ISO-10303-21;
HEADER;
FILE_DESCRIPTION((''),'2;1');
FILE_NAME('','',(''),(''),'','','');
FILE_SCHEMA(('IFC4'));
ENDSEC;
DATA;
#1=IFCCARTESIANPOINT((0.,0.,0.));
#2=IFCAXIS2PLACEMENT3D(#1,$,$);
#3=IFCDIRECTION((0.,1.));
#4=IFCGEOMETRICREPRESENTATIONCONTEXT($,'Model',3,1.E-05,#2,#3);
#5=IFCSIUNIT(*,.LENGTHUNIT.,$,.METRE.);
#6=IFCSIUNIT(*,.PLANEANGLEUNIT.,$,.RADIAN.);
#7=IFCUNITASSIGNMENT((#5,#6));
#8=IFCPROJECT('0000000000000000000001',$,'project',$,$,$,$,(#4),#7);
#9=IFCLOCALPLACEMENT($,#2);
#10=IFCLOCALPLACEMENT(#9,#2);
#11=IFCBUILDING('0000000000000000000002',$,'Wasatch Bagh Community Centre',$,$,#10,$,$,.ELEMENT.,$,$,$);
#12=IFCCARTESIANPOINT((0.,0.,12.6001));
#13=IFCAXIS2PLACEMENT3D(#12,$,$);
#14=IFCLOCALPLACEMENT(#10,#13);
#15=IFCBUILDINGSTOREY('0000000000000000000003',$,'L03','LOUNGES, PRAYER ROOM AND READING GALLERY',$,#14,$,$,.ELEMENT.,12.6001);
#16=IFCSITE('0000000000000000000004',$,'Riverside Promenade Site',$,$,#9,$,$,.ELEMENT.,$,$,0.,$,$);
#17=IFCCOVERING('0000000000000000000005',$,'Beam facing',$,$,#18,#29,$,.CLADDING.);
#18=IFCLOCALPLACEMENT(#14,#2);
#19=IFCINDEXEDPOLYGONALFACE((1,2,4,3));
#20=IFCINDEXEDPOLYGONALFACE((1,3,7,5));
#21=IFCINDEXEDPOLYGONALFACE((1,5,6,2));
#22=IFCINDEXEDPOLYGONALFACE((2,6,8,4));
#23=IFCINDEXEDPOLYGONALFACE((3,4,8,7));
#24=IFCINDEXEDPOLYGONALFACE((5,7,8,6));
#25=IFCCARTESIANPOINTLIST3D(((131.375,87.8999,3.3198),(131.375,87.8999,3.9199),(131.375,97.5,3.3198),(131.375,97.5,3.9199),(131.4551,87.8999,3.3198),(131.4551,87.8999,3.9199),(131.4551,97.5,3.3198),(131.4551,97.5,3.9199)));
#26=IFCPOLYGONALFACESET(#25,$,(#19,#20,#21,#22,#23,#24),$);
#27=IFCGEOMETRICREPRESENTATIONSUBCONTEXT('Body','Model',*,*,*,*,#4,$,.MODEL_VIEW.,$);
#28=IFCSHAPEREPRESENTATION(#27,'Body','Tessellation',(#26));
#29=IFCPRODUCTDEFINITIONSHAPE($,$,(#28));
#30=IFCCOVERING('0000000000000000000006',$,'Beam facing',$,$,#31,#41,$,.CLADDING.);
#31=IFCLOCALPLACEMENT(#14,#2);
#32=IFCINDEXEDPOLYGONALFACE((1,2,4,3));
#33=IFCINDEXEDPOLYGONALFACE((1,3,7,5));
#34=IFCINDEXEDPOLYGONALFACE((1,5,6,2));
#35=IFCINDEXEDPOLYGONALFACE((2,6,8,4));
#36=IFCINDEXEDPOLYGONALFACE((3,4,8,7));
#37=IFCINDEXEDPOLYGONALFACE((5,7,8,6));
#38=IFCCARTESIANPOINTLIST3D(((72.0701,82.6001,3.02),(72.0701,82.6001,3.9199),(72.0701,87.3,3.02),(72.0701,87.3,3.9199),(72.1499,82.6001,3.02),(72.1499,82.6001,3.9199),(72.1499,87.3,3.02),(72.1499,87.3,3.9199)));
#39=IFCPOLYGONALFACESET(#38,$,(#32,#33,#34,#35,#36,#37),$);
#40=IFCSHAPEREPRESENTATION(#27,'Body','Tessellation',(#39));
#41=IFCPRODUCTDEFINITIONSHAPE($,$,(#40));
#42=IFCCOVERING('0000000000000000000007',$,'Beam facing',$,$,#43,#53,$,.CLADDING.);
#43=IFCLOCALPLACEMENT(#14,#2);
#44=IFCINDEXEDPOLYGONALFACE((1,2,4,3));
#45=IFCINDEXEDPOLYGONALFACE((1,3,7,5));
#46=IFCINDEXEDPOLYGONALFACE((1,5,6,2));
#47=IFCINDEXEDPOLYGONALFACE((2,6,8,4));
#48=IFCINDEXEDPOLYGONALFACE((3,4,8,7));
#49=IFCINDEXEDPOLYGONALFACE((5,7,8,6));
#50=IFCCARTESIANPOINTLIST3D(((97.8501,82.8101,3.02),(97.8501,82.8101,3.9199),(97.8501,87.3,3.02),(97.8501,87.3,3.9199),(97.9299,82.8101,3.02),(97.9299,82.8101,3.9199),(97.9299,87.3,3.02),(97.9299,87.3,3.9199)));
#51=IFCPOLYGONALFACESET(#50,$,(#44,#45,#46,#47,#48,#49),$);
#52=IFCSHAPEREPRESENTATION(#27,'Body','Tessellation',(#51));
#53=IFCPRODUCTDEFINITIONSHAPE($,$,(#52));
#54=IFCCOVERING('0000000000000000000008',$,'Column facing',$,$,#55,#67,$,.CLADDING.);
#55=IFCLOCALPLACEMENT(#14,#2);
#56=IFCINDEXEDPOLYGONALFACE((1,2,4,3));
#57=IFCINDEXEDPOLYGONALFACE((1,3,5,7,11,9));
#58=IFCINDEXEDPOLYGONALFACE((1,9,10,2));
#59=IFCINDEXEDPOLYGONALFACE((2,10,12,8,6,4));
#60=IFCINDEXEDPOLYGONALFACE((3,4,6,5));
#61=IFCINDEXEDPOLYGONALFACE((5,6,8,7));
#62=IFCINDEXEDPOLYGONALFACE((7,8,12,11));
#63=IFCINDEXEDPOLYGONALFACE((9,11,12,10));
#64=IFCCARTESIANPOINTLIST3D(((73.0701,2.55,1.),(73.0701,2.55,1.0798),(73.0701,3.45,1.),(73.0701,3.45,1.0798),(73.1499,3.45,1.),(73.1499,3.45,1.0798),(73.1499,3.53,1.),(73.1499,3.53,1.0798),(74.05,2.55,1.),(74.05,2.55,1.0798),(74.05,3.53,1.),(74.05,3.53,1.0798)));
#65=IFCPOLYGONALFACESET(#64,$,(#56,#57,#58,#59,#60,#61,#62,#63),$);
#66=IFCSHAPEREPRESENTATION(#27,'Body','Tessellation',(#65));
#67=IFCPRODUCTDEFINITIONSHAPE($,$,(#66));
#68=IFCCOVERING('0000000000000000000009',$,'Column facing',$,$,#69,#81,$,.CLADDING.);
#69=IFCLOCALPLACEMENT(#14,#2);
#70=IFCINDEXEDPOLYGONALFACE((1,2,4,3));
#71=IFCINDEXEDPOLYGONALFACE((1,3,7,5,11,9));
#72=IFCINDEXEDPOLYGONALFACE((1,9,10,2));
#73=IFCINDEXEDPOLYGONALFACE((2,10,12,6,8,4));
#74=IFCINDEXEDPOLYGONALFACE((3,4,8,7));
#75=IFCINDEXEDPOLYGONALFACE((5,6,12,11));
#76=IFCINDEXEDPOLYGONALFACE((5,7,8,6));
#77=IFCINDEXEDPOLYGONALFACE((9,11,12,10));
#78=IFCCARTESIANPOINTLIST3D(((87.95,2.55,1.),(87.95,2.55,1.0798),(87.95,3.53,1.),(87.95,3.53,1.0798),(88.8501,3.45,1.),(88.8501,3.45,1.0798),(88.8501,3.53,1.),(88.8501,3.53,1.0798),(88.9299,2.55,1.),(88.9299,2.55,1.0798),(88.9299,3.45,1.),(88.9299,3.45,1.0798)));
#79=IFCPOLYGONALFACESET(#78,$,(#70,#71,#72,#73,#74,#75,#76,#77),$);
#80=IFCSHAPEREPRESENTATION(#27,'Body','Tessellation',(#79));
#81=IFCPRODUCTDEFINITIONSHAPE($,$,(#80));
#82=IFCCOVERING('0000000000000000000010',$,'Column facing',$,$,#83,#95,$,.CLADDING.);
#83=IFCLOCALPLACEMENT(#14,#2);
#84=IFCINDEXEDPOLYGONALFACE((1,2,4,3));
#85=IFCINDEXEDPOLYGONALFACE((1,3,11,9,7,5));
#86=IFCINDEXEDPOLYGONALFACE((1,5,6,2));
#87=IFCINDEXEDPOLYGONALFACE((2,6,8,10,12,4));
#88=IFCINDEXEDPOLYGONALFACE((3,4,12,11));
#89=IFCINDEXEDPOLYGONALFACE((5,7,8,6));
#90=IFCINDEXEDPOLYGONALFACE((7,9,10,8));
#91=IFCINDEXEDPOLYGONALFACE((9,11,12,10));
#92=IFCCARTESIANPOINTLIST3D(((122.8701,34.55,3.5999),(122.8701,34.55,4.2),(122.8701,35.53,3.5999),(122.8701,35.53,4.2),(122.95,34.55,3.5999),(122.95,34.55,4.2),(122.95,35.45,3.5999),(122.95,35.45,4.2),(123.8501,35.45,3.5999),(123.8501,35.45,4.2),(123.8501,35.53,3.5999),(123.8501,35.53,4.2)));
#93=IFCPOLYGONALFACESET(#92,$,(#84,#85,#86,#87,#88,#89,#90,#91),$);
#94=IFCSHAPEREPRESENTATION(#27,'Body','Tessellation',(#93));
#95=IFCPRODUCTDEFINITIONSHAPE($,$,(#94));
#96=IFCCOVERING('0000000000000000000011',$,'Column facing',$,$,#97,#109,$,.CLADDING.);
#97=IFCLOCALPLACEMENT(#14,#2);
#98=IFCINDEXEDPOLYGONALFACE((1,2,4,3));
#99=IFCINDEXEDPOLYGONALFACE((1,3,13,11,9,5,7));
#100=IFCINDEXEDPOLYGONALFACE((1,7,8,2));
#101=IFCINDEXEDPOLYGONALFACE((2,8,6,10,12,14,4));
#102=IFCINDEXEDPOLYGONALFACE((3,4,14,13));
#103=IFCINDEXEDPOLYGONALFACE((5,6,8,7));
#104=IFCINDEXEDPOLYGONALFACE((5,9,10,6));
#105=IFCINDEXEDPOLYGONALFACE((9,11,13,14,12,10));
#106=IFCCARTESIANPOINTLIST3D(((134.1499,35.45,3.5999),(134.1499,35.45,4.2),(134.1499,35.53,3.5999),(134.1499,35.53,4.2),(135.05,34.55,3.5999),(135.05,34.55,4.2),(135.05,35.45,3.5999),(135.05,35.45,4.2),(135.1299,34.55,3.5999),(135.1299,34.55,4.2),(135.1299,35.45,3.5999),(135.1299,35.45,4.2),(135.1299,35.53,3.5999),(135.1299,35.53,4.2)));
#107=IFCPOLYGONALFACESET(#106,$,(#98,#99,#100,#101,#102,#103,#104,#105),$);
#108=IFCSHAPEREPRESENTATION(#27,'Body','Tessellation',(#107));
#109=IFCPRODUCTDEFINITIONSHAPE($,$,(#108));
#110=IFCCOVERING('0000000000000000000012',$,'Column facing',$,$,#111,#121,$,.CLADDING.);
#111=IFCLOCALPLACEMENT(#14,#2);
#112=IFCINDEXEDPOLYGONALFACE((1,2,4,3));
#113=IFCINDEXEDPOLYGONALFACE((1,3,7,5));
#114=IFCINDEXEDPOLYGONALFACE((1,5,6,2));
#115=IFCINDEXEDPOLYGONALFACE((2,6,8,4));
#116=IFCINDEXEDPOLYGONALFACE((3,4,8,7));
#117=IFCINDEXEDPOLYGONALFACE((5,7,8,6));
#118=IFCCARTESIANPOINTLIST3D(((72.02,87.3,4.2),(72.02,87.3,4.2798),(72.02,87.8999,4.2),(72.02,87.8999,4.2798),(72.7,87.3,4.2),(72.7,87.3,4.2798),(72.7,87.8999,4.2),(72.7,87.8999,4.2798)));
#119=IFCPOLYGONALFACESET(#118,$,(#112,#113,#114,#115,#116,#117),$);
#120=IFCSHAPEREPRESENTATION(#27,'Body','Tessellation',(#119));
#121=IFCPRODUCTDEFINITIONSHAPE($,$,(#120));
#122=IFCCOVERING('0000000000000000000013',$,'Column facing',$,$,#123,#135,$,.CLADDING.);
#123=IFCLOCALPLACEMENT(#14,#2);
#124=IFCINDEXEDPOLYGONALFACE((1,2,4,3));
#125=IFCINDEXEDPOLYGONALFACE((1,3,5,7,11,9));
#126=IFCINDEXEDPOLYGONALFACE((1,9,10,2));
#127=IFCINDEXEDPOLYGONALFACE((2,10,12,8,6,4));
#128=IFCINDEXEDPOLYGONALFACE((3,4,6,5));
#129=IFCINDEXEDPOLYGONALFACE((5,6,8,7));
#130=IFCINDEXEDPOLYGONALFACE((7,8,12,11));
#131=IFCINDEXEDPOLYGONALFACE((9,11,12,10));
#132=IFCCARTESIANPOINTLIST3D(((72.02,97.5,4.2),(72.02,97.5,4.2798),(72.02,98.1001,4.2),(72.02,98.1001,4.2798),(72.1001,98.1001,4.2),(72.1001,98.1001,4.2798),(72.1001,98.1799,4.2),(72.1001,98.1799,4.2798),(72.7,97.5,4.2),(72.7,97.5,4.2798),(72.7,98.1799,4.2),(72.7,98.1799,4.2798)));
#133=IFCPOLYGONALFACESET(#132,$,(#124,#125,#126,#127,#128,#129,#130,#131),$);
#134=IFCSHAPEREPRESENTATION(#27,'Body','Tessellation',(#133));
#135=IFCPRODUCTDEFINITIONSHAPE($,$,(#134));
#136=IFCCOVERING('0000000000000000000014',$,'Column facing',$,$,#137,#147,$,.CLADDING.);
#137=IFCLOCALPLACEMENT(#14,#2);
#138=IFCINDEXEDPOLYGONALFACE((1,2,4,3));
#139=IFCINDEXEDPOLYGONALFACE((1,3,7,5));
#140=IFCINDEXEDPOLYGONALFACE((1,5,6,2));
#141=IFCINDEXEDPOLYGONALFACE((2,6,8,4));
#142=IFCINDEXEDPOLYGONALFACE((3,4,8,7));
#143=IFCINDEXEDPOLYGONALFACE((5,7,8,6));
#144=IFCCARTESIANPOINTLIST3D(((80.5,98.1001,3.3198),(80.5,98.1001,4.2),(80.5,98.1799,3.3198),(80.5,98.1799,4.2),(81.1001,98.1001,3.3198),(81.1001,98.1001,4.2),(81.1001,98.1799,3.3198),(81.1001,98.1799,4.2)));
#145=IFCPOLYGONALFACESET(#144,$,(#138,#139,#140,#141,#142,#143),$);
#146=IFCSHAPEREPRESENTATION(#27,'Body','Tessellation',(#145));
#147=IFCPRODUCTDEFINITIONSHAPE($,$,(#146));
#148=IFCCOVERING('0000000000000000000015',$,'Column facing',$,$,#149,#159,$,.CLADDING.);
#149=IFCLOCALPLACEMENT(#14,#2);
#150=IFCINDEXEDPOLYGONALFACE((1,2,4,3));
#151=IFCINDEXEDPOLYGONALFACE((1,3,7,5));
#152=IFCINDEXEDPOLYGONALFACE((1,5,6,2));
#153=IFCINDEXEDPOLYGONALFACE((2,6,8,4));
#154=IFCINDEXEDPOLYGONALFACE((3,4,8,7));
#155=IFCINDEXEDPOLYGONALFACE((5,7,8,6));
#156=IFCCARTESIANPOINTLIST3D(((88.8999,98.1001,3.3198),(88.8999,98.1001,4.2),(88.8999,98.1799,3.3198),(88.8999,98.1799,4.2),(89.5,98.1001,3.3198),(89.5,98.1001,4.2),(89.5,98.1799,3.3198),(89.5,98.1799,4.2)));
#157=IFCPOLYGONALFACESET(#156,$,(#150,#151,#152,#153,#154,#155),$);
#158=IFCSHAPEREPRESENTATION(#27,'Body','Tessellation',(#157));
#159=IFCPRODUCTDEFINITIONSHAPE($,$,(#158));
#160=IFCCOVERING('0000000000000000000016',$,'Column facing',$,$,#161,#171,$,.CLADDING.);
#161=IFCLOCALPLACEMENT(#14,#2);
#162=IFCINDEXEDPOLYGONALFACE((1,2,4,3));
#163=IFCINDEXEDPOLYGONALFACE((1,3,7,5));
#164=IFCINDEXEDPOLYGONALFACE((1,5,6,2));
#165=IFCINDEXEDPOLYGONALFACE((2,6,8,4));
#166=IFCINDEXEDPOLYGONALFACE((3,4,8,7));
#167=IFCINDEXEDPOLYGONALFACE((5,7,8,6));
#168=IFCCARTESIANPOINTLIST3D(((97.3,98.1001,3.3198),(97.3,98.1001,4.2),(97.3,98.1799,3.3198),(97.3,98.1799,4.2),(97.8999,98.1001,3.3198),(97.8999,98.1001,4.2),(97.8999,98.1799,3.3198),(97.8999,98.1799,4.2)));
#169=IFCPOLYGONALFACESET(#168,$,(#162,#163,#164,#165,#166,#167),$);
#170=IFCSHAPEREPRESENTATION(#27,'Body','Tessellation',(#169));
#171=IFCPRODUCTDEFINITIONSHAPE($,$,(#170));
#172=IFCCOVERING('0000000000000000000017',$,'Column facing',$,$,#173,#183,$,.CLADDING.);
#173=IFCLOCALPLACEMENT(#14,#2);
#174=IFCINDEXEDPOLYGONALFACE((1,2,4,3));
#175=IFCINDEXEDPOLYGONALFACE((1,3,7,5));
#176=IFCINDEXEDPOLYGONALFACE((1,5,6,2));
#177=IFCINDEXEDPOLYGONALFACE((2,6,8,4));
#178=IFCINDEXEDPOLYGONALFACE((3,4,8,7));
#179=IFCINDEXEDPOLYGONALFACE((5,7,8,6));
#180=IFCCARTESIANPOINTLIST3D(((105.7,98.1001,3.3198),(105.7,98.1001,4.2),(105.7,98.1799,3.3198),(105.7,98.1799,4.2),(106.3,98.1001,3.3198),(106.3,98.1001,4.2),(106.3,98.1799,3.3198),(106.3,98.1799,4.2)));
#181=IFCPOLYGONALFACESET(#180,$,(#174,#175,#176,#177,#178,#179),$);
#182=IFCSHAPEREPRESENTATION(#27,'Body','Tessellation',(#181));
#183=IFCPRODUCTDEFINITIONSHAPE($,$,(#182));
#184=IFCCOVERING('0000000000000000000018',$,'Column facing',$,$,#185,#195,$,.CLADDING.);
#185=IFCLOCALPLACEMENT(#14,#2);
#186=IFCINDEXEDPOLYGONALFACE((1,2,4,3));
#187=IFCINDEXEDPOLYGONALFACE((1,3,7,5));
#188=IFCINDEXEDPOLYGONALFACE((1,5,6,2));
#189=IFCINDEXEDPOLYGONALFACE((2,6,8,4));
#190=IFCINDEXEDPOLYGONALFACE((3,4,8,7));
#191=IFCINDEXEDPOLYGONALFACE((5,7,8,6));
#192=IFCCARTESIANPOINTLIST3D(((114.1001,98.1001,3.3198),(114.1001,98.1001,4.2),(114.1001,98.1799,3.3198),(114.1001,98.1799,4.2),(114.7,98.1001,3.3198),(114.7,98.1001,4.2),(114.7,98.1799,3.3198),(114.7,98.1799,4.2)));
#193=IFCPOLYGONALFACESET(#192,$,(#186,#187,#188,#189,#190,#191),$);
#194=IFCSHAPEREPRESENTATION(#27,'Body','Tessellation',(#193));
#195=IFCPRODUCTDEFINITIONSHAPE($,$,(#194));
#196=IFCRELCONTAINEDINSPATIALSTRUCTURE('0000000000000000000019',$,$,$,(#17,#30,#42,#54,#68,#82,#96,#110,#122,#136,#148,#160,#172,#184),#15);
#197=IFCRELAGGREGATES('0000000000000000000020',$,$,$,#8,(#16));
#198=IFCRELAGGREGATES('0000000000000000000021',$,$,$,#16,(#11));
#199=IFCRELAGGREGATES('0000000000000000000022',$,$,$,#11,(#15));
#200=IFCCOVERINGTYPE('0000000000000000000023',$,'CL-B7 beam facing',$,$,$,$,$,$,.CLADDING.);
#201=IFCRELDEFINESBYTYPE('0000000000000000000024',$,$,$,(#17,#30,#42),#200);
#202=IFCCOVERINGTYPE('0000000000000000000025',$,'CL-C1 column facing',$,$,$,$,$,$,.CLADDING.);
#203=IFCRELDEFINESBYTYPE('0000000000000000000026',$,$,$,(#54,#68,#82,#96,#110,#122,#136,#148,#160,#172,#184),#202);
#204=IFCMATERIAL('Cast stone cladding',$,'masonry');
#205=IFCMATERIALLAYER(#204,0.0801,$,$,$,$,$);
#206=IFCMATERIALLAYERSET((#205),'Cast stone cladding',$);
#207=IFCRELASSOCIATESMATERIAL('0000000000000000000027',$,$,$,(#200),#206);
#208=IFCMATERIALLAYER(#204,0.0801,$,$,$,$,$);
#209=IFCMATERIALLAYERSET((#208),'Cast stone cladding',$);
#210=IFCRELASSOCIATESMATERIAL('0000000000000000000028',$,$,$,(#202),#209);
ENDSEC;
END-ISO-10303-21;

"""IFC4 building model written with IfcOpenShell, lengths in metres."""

from ifc_helpers import new_model, si_unit, direction, frame, origin, place, context, subcontext, project, spatial, polyline, outline, extrude, material, layer, layer_set, type_object, element, save


model = new_model("IFC4")

# Units and contexts
model_context = context("Model", 3, precision=1e-05, world=origin(), true_north=direction((0.0, 1.0)))
body_context = subcontext(model_context, "Body", "Model", "MODEL_VIEW")
ifc_project = project(units=[si_unit("LENGTHUNIT", "METRE"), si_unit("PLANEANGLEUNIT", "RADIAN")], contexts=[model_context])

# Site, building, storey
site_placement = place(None, origin())
site = spatial("IfcSite", under=ifc_project, at=site_placement, Name="Riverside Promenade Site", CompositionType="ELEMENT", RefElevation=0.0)
building_placement = place(site_placement, origin())
building = spatial("IfcBuilding", under=site, at=building_placement, Name="Wasatch Bagh Community Centre", CompositionType="ELEMENT")
storey_placement = place(building_placement, frame((0.0, 0.0, 12.6001)))
storey = spatial("IfcBuildingStorey", under=building, at=storey_placement, Name="L03", Description="LOUNGES, PRAYER ROOM AND READING GALLERY", CompositionType="ELEMENT", Elevation=12.6001)

# Coverings
ifc_material_1 = material(Name="Cast stone cladding", Category="masonry")
ifc_layer_1 = layer(ifc_material_1, 0.0801)
ifc_layer_set_1 = layer_set([ifc_layer_1], Name="Cast stone cladding")
covering_type_1 = type_object("IfcCoveringType", Name="CL-B7 beam facing", PredefinedType="CLADDING", material=ifc_layer_set_1)
covering_1_placement = place(storey_placement, frame((0.0, 0.0, 3.3198)))
element("IfcCovering", 1, at=covering_1_placement, inside=storey, type_object=covering_type_1, Name="Beam facing", PredefinedType="CLADDING", context=body_context, shape_type="SweptSolid", body=[
    extrude(outline(polyline([(131.375, 87.8999), (131.375, 97.5), (131.4551, 97.5), (131.4551, 87.8999), (131.375, 87.8999)])), origin(), (0.0, 0.0, 1.0), 0.6001),
])
covering_2_placement = place(storey_placement, frame((0.0, 0.0, 3.02)))
element("IfcCovering", 2, at=covering_2_placement, inside=storey, type_object=covering_type_1, Name="Beam facing", PredefinedType="CLADDING", context=body_context, shape_type="SweptSolid", body=[
    extrude(outline(polyline([(72.1499, 87.3), (72.1499, 82.6001), (72.0701, 82.6001), (72.0701, 87.3), (72.1499, 87.3)])), origin(), (0.0, 0.0, 1.0), 0.8999),
])
covering_3_placement = place(storey_placement, frame((0.0, 0.0, 3.02)))
element("IfcCovering", 3, at=covering_3_placement, inside=storey, type_object=covering_type_1, Name="Beam facing", PredefinedType="CLADDING", context=body_context, shape_type="SweptSolid", body=[
    extrude(outline(polyline([(97.8501, 87.3), (97.8501, 82.8101), (97.9299, 82.8101), (97.9299, 87.3), (97.8501, 87.3)])), origin(), (0.0, 0.0, 1.0), 0.8999),
])
ifc_layer_2 = layer(ifc_material_1, 0.0801)
ifc_layer_set_2 = layer_set([ifc_layer_2], Name="Cast stone cladding")
covering_type_2 = type_object("IfcCoveringType", Name="CL-C1 column facing", PredefinedType="CLADDING", material=ifc_layer_set_2)
covering_4_placement = place(storey_placement, frame((0.0, 0.0, 1.0)))
element("IfcCovering", 4, at=covering_4_placement, inside=storey, type_object=covering_type_2, Name="Column facing", PredefinedType="CLADDING", context=body_context, shape_type="SweptSolid", body=[
    extrude(outline(polyline([(73.0701, 2.55), (73.0701, 3.45), (73.1499, 3.45), (73.1499, 3.53), (74.05, 3.53), (74.05, 2.55), (73.0701, 2.55)])), origin(), (0.0, 0.0, 1.0), 0.0798),
])
covering_5_placement = place(storey_placement, frame((0.0, 0.0, 1.0)))
element("IfcCovering", 5, at=covering_5_placement, inside=storey, type_object=covering_type_2, Name="Column facing", PredefinedType="CLADDING", context=body_context, shape_type="SweptSolid", body=[
    extrude(outline(polyline([(87.95, 2.55), (87.95, 3.53), (88.8501, 3.53), (88.8501, 3.45), (88.9299, 3.45), (88.9299, 2.55), (87.95, 2.55)])), origin(), (0.0, 0.0, 1.0), 0.0798),
])
covering_6_placement = place(storey_placement, frame((0.0, 0.0, 3.5999)))
element("IfcCovering", 6, at=covering_6_placement, inside=storey, type_object=covering_type_2, Name="Column facing", PredefinedType="CLADDING", context=body_context, shape_type="SweptSolid", body=[
    extrude(outline(polyline([(122.95, 34.55), (122.8701, 34.55), (122.8701, 35.53), (123.8501, 35.53), (123.8501, 35.45), (122.95, 35.45), (122.95, 34.55)])), origin(), (0.0, 0.0, 1.0), 0.6001),
])
covering_7_placement = place(storey_placement, frame((0.0, 0.0, 3.5999)))
element("IfcCovering", 7, at=covering_7_placement, inside=storey, type_object=covering_type_2, Name="Column facing", PredefinedType="CLADDING", context=body_context, shape_type="SweptSolid", body=[
    extrude(outline(polyline([(135.05, 35.45), (134.1499, 35.45), (134.1499, 35.53), (135.1299, 35.53), (135.1299, 35.45), (135.1299, 34.55), (135.05, 34.55), (135.05, 35.45)])), origin(), (0.0, 0.0, 1.0), 0.6001),
])
covering_8_placement = place(storey_placement, frame((0.0, 0.0, 4.2)))
element("IfcCovering", 8, at=covering_8_placement, inside=storey, type_object=covering_type_2, Name="Column facing", PredefinedType="CLADDING", context=body_context, shape_type="SweptSolid", body=[
    extrude(outline(polyline([(72.02, 87.3), (72.02, 87.8999), (72.7, 87.8999), (72.7, 87.3), (72.02, 87.3)])), origin(), (0.0, 0.0, 1.0), 0.0798),
])
covering_9_placement = place(storey_placement, frame((0.0, 0.0, 4.2)))
element("IfcCovering", 9, at=covering_9_placement, inside=storey, type_object=covering_type_2, Name="Column facing", PredefinedType="CLADDING", context=body_context, shape_type="SweptSolid", body=[
    extrude(outline(polyline([(72.02, 97.5), (72.02, 98.1001), (72.1001, 98.1001), (72.1001, 98.1799), (72.7, 98.1799), (72.7, 97.5), (72.02, 97.5)])), origin(), (0.0, 0.0, 1.0), 0.0798),
])
covering_10_placement = place(storey_placement, frame((0.0, 0.0, 3.3198)))
element("IfcCovering", 10, at=covering_10_placement, inside=storey, type_object=covering_type_2, Name="Column facing", PredefinedType="CLADDING", context=body_context, shape_type="SweptSolid", body=[
    extrude(outline(polyline([(81.1001, 98.1001), (80.5, 98.1001), (80.5, 98.1799), (81.1001, 98.1799), (81.1001, 98.1001)])), origin(), (0.0, 0.0, 1.0), 0.8801),
])
covering_11_placement = place(storey_placement, frame((0.0, 0.0, 3.3198)))
element("IfcCovering", 11, at=covering_11_placement, inside=storey, type_object=covering_type_2, Name="Column facing", PredefinedType="CLADDING", context=body_context, shape_type="SweptSolid", body=[
    extrude(outline(polyline([(89.5, 98.1001), (88.8999, 98.1001), (88.8999, 98.1799), (89.5, 98.1799), (89.5, 98.1001)])), origin(), (0.0, 0.0, 1.0), 0.8801),
])
covering_12_placement = place(storey_placement, frame((0.0, 0.0, 3.3198)))
element("IfcCovering", 12, at=covering_12_placement, inside=storey, type_object=covering_type_2, Name="Column facing", PredefinedType="CLADDING", context=body_context, shape_type="SweptSolid", body=[
    extrude(outline(polyline([(97.8999, 98.1001), (97.3, 98.1001), (97.3, 98.1799), (97.8999, 98.1799), (97.8999, 98.1001)])), origin(), (0.0, 0.0, 1.0), 0.8801),
])
covering_13_placement = place(storey_placement, frame((0.0, 0.0, 3.3198)))
element("IfcCovering", 13, at=covering_13_placement, inside=storey, type_object=covering_type_2, Name="Column facing", PredefinedType="CLADDING", context=body_context, shape_type="SweptSolid", body=[
    extrude(outline(polyline([(106.3, 98.1001), (105.7, 98.1001), (105.7, 98.1799), (106.3, 98.1799), (106.3, 98.1001)])), origin(), (0.0, 0.0, 1.0), 0.8801),
])
covering_14_placement = place(storey_placement, frame((0.0, 0.0, 3.3198)))
element("IfcCovering", 14, at=covering_14_placement, inside=storey, type_object=covering_type_2, Name="Column facing", PredefinedType="CLADDING", context=body_context, shape_type="SweptSolid", body=[
    extrude(outline(polyline([(114.7, 98.1001), (114.1001, 98.1001), (114.1001, 98.1799), (114.7, 98.1799), (114.7, 98.1001)])), origin(), (0.0, 0.0, 1.0), 0.8801),
])

save(model, "model.ifc")
